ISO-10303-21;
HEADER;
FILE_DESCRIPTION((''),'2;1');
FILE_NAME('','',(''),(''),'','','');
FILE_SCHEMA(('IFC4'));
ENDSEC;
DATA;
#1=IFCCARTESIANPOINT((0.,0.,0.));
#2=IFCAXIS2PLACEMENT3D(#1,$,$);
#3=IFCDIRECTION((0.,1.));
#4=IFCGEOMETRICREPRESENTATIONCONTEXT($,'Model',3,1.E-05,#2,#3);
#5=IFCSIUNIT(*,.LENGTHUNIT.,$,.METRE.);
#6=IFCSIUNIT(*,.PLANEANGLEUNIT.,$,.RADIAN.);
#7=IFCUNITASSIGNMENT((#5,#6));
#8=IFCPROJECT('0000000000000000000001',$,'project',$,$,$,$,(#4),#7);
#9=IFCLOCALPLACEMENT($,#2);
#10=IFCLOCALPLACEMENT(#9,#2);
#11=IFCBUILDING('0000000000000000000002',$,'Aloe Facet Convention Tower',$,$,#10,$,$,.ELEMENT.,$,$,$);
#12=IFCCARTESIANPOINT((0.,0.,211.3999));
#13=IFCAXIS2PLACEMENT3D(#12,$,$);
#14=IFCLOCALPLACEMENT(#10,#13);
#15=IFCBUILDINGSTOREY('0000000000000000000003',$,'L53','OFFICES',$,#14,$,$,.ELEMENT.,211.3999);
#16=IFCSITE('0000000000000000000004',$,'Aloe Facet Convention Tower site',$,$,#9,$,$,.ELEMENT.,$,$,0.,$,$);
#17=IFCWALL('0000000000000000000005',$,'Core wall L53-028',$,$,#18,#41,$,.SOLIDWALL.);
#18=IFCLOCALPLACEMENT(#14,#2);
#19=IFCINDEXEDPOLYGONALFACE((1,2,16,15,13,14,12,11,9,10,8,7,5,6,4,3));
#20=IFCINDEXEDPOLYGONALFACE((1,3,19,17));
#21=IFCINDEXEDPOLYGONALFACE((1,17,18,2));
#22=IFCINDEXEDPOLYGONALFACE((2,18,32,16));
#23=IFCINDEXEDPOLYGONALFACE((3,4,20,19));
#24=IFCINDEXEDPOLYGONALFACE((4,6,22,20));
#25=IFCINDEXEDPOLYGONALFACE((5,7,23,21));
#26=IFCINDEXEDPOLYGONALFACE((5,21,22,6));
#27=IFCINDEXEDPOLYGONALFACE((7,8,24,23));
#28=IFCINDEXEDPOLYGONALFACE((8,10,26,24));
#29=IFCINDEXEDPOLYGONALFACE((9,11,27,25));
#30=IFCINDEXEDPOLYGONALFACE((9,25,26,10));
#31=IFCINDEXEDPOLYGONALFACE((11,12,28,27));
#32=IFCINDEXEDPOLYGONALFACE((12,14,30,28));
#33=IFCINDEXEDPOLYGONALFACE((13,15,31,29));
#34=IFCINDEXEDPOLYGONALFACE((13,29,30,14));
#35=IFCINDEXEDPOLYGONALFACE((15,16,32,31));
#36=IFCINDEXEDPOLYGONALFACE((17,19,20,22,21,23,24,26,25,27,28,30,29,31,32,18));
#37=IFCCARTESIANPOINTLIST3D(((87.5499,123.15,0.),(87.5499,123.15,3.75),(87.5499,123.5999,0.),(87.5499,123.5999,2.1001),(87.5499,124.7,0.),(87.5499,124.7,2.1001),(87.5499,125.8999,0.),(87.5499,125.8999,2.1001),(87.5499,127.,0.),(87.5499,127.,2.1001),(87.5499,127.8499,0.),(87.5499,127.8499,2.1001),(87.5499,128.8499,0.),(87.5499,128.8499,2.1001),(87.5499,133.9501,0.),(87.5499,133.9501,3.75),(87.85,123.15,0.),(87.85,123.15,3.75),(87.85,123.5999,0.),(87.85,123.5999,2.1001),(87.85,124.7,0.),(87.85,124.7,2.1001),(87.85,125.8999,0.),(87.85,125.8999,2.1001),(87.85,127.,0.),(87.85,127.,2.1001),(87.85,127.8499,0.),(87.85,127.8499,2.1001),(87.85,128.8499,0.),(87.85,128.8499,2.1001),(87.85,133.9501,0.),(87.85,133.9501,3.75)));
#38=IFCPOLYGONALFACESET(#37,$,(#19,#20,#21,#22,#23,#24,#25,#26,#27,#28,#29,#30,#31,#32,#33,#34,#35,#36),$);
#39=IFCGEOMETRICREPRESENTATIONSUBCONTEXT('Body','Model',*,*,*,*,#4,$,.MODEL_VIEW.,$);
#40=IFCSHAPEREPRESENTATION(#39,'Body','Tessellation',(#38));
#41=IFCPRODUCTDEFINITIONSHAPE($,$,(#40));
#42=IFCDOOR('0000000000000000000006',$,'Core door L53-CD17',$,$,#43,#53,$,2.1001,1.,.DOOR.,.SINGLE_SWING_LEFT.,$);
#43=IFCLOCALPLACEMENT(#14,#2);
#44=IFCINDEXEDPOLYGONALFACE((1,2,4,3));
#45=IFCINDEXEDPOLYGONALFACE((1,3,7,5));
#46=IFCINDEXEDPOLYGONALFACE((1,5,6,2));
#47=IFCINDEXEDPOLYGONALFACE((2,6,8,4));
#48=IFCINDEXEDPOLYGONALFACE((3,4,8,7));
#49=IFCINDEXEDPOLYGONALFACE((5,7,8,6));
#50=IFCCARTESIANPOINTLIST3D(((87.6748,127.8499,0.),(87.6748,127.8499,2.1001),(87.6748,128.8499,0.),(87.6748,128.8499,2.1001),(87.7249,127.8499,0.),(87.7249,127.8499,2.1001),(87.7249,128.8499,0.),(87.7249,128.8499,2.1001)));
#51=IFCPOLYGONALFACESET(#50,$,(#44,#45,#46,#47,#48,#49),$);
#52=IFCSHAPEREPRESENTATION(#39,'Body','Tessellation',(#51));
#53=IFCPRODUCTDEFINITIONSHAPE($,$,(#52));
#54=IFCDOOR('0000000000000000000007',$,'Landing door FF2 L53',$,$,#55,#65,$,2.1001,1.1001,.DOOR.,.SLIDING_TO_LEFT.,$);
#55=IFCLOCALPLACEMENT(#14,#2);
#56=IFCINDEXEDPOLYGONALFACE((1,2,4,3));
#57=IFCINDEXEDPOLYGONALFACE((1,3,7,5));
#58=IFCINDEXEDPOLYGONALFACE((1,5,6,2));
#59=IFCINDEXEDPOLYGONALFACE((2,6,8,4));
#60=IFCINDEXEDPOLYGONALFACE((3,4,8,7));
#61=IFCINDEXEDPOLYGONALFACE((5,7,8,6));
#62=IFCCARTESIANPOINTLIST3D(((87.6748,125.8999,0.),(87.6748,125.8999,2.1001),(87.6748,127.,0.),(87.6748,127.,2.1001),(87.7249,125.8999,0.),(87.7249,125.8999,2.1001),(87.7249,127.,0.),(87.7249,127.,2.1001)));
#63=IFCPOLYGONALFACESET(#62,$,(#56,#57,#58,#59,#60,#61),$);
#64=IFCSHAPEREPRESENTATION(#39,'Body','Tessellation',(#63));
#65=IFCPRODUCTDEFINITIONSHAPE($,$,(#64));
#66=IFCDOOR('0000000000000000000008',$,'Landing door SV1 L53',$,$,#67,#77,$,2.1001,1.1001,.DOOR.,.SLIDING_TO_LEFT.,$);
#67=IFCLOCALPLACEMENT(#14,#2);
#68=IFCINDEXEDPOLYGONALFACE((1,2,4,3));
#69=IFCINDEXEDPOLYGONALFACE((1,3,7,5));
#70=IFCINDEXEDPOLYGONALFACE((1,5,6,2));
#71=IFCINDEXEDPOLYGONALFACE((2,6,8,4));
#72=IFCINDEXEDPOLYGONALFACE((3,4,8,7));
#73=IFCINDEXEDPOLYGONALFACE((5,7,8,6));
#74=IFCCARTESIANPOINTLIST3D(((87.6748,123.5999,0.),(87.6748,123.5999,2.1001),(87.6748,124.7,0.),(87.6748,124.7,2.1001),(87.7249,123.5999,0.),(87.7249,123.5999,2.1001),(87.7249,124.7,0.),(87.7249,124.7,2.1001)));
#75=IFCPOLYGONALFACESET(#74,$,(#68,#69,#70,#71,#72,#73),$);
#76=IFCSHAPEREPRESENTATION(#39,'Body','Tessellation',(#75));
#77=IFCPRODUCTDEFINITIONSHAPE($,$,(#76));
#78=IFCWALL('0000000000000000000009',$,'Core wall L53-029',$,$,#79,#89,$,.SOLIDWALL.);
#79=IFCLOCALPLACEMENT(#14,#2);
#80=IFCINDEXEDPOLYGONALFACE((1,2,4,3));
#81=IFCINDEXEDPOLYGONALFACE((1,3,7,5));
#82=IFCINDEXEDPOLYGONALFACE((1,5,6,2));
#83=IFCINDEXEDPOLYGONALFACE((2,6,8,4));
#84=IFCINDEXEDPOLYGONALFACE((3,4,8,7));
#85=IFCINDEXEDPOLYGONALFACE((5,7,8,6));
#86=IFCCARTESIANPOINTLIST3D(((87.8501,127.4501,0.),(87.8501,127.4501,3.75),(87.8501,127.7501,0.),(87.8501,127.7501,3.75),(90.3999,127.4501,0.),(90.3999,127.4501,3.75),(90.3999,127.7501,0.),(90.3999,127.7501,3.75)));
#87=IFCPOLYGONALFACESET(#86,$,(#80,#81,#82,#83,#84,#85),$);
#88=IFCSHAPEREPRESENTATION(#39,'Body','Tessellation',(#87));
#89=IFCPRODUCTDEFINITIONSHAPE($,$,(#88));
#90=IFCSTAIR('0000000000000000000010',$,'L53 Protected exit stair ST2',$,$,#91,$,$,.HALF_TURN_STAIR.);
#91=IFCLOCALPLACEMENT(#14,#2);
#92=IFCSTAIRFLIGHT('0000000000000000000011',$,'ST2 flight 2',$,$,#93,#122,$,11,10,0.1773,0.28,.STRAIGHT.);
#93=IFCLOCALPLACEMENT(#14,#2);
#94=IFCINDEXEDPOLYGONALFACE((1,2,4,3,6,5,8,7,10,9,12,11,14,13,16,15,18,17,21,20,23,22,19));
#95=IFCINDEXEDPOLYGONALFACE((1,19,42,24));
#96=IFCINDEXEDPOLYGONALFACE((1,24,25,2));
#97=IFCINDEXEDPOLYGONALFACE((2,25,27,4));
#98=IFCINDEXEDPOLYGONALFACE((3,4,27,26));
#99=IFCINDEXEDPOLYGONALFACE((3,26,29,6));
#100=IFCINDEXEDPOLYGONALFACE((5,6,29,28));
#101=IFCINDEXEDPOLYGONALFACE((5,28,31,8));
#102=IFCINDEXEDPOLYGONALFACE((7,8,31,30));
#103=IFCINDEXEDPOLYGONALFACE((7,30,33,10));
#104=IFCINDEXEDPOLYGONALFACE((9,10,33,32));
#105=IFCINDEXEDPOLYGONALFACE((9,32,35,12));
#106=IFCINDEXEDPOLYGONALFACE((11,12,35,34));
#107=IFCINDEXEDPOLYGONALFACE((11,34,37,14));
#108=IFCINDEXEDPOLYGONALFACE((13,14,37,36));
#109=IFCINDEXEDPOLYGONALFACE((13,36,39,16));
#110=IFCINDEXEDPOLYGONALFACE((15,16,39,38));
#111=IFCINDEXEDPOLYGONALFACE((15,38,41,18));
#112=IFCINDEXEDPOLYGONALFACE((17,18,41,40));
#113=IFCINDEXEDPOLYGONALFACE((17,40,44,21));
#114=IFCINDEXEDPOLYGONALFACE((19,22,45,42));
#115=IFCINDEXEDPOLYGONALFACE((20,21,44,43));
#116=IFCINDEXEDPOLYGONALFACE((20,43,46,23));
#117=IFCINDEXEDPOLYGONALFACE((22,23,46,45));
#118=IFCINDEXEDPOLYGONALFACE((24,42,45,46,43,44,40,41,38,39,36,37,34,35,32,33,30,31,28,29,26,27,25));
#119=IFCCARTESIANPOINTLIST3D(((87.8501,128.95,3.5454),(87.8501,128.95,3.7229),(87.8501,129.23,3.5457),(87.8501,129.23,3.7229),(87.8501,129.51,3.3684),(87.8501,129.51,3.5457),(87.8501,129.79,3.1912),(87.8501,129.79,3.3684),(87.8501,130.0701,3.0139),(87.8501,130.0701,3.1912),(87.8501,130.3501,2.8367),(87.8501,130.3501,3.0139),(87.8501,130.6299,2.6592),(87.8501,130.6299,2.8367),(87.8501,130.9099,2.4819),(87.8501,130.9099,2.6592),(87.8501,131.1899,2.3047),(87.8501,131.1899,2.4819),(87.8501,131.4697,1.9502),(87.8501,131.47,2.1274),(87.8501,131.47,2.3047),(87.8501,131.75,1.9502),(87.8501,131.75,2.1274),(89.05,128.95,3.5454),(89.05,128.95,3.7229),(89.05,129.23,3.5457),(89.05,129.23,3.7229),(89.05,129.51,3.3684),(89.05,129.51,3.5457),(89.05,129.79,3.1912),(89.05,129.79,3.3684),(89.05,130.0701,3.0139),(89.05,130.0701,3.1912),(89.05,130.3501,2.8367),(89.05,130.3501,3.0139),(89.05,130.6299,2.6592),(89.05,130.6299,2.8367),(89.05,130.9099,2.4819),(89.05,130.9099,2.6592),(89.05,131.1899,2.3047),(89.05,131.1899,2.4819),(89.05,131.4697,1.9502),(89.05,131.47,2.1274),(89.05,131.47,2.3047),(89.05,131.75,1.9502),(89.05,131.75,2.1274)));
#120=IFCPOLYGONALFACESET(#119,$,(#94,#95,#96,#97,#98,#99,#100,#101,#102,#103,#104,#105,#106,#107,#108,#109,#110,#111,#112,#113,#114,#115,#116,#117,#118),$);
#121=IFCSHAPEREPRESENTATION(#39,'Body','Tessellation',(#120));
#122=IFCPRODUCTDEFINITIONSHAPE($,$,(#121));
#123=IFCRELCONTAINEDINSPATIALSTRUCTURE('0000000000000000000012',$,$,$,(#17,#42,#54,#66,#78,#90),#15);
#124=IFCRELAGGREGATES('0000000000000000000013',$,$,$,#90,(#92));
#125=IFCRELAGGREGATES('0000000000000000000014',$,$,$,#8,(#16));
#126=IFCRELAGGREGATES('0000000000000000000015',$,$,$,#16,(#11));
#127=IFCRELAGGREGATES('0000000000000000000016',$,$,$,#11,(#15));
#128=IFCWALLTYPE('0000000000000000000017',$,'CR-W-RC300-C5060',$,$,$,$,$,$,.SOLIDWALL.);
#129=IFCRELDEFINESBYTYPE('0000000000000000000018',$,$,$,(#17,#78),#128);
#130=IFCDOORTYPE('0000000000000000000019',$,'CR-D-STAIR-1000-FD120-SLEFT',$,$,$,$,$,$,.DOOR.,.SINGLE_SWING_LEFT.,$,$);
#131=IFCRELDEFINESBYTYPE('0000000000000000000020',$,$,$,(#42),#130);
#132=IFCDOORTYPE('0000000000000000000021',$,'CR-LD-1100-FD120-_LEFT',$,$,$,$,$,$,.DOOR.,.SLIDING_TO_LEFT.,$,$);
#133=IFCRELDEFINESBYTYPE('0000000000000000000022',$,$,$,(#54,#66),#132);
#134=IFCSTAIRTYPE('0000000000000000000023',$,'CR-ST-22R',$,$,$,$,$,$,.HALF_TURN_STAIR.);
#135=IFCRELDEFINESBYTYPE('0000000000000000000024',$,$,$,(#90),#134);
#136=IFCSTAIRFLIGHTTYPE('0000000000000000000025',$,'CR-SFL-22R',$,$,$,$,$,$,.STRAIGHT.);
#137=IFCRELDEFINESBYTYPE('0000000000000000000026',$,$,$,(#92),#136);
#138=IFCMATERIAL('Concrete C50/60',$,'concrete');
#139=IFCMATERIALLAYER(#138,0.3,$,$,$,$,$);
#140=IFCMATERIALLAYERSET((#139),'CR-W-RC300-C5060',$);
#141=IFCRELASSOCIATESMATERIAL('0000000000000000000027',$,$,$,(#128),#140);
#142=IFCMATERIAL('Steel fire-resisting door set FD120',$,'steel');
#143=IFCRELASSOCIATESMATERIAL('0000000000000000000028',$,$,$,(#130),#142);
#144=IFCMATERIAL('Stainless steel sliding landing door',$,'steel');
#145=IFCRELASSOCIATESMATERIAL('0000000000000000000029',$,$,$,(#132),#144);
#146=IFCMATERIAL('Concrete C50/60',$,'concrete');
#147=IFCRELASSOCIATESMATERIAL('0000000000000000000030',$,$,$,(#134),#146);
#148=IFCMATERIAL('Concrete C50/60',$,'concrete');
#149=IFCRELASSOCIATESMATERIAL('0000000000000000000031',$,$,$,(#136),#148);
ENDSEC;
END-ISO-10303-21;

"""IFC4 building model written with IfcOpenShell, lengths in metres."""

from ifc_helpers import new_model, si_unit, direction, frame, frame_2d, origin, place, context, subcontext, project, spatial, polyline, rectangle, outline, extrude, material, layer, layer_set, type_object, element, fill, aggregate, save


model = new_model("IFC4")

# Units and contexts
model_context = context("Model", 3, precision=1e-05, world=origin(), true_north=direction((0.0, 1.0)))
body_context = subcontext(model_context, "Body", "Model", "MODEL_VIEW")
ifc_project = project(units=[si_unit("LENGTHUNIT", "METRE"), si_unit("PLANEANGLEUNIT", "RADIAN")], contexts=[model_context])

# Site, building, storey
site_placement = place(None, origin())
site = spatial("IfcSite", under=ifc_project, at=site_placement, Name="Aloe Facet Convention Tower site", CompositionType="ELEMENT", RefElevation=0.0)
building_placement = place(site_placement, origin())
building = spatial("IfcBuilding", under=site, at=building_placement, Name="Aloe Facet Convention Tower", CompositionType="ELEMENT")
storey_placement = place(building_placement, frame((0.0, 0.0, 211.3999)))
storey = spatial("IfcBuildingStorey", under=building, at=storey_placement, Name="L53", Description="OFFICES", CompositionType="ELEMENT", Elevation=211.3999)

# Shared definitions
ifc_material_1 = material(Name="Concrete C50/60", Category="concrete")
ifc_layer_1 = layer(ifc_material_1, 0.3)
ifc_layer_set_1 = layer_set([ifc_layer_1], Name="CR-W-RC300-C5060")
wall_type_1 = type_object("IfcWallType", Name="CR-W-RC300-C5060", PredefinedType="SOLIDWALL", material=ifc_layer_set_1)

# Wall, openings, doors
wall_1_placement = place(storey_placement, frame((87.7, 133.95, 0.0), z_axis=(0.0, 0.0, 1.0), x_axis=(0.0, -1.0, 0.0)))
wall_1 = element("IfcWall", 1, at=wall_1_placement, inside=storey, type_object=wall_type_1, Name="Core wall L53-028", PredefinedType="SOLIDWALL", context=body_context, shape_type="SweptSolid", body=[
    extrude(rectangle(XDim=10.8, YDim=0.3, at=frame_2d((5.3999, 0.0))), origin(), (0.0, 0.0, 1.0), 3.75),
])
opening_1_placement = place(wall_1_placement, frame((6.95, 0.0, 0.0)))
opening_1 = element("IfcOpeningElement", 2, at=opening_1_placement, cuts=wall_1, PredefinedType="OPENING", context=body_context, shape_type="SweptSolid", body=[
    extrude(rectangle(XDim=1.1001, YDim=2.1001, at=frame_2d((0.55, 1.05))), frame((0.0, 0.1602, 0.0), z_axis=(0.0, -1.0, 0.0), x_axis=(1.0, 0.0, 0.0)), (0.0, 0.0, 1.0), 0.3201),
])
opening_2_placement = place(wall_1_placement, frame((5.1001, 0.0, 0.0)))
opening_2 = element("IfcOpeningElement", 3, at=opening_2_placement, cuts=wall_1, PredefinedType="OPENING", context=body_context, shape_type="SweptSolid", body=[
    extrude(rectangle(XDim=1.0, YDim=2.1001, at=frame_2d((0.5, 1.05))), frame((0.0, 0.1602, 0.0), z_axis=(0.0, -1.0, 0.0), x_axis=(1.0, 0.0, 0.0)), (0.0, 0.0, 1.0), 0.3201),
])
opening_3_placement = place(wall_1_placement, frame((9.25, 0.0, 0.0)))
opening_3 = element("IfcOpeningElement", 4, at=opening_3_placement, cuts=wall_1, PredefinedType="OPENING", context=body_context, shape_type="SweptSolid", body=[
    extrude(rectangle(XDim=1.1001, YDim=2.1001, at=frame_2d((0.55, 1.05))), frame((0.0, 0.1602, 0.0), z_axis=(0.0, -1.0, 0.0), x_axis=(1.0, 0.0, 0.0)), (0.0, 0.0, 1.0), 0.3201),
])
ifc_material_2 = material(Name="Steel fire-resisting door set FD120", Category="steel")
door_type_1 = type_object("IfcDoorType", Name="CR-D-STAIR-1000-FD120-SLEFT", OperationType="SINGLE_SWING_LEFT", PredefinedType="DOOR", material=ifc_material_2)
door_1_placement = place(opening_2_placement, origin())
door_1 = element("IfcDoor", 5, at=door_1_placement, inside=storey, type_object=door_type_1, Name="Core door L53-CD17", OperationType="SINGLE_SWING_LEFT", OverallHeight=2.1001, OverallWidth=1.0, PredefinedType="DOOR", context=body_context, shape_type="SweptSolid", body=[
    extrude(rectangle(XDim=1.0, YDim=2.1001, at=frame_2d((0.5, 1.05))), frame((0.0, 0.0249, 0.0), z_axis=(0.0, -1.0, 0.0), x_axis=(1.0, 0.0, 0.0)), (0.0, 0.0, 1.0), 0.05),
])
fill(opening_2, door_1)
ifc_material_3 = material(Name="Stainless steel sliding landing door", Category="steel")
door_type_2 = type_object("IfcDoorType", Name="CR-LD-1100-FD120-_LEFT", OperationType="SLIDING_TO_LEFT", PredefinedType="DOOR", material=ifc_material_3)
door_2_placement = place(opening_1_placement, origin())
door_2 = element("IfcDoor", 6, at=door_2_placement, inside=storey, type_object=door_type_2, Name="Landing door FF2 L53", OperationType="SLIDING_TO_LEFT", OverallHeight=2.1001, OverallWidth=1.1001, PredefinedType="DOOR", context=body_context, shape_type="SweptSolid", body=[
    extrude(rectangle(XDim=1.1001, YDim=2.1001, at=frame_2d((0.55, 1.05))), frame((0.0, 0.0249, 0.0), z_axis=(0.0, -1.0, 0.0), x_axis=(1.0, 0.0, 0.0)), (0.0, 0.0, 1.0), 0.05),
])
fill(opening_1, door_2)
door_3_placement = place(opening_3_placement, origin())
door_3 = element("IfcDoor", 7, at=door_3_placement, inside=storey, type_object=door_type_2, Name="Landing door SV1 L53", OperationType="SLIDING_TO_LEFT", OverallHeight=2.1001, OverallWidth=1.1001, PredefinedType="DOOR", context=body_context, shape_type="SweptSolid", body=[
    extrude(rectangle(XDim=1.1001, YDim=2.1001, at=frame_2d((0.55, 1.05))), frame((0.0, 0.0249, 0.0), z_axis=(0.0, -1.0, 0.0), x_axis=(1.0, 0.0, 0.0)), (0.0, 0.0, 1.0), 0.05),
])
fill(opening_3, door_3)

# Wall
wall_2_placement = place(storey_placement, frame((87.8501, 127.6001, 0.0), z_axis=(0.0, 0.0, 1.0), x_axis=(1.0, 0.0, 0.0)))
element("IfcWall", 8, at=wall_2_placement, inside=storey, type_object=wall_type_1, Name="Core wall L53-029", PredefinedType="SOLIDWALL", context=body_context, shape_type="SweptSolid", body=[
    extrude(rectangle(XDim=2.5498, YDim=0.3, at=frame_2d((1.2749, 0.0))), origin(), (0.0, 0.0, 1.0), 3.75),
])

# Stair, stair flight
ifc_material_4 = material(Name="Concrete C50/60", Category="concrete")
stair_type = type_object("IfcStairType", Name="CR-ST-22R", PredefinedType="HALF_TURN_STAIR", material=ifc_material_4)
stair_placement = place(storey_placement, origin())
stair = element("IfcStair", 9, at=stair_placement, inside=storey, type_object=stair_type, Name="L53 Protected exit stair ST2", PredefinedType="HALF_TURN_STAIR")
ifc_material_5 = material(Name="Concrete C50/60", Category="concrete")
stair_flight_type = type_object("IfcStairFlightType", Name="CR-SFL-22R", PredefinedType="STRAIGHT", material=ifc_material_5)
stair_flight_placement = place(storey_placement, frame((88.45, 131.75, 1.9502), z_axis=(0.0, 0.0, 1.0), x_axis=(0.0, -1.0, 0.0)))
stair_flight = element("IfcStairFlight", 10, at=stair_flight_placement, type_object=stair_flight_type, Name="ST2 flight 2", NumberOfRisers=11, NumberOfTreads=10, PredefinedType="STRAIGHT", RiserHeight=0.1773, TreadLength=0.28, context=body_context, shape_type="SweptSolid", body=[
    extrude(outline(polyline([(0.0, 0.0), (0.0, 0.1772), (0.28, 0.1772), (0.28, 0.3545), (0.5601, 0.3545), (0.5601, 0.5317), (0.8401, 0.5317), (0.8401, 0.709), (1.1201, 0.709), (1.1201, 0.8865), (1.3999, 0.8865), (1.3999, 1.0637), (1.6799, 1.0637), (1.6799, 1.241), (1.96, 1.241), (1.96, 1.4182), (2.24, 1.4182), (2.24, 1.5955), (2.52, 1.5955), (2.52, 1.7727), (2.8, 1.7727), (2.8, 1.95), (2.8, 1.5952), (0.2803, 0.0), (0.0, 0.0)])), frame((0.0, 0.6001, 0.0), z_axis=(0.0, -1.0, 0.0), x_axis=(1.0, 0.0, 0.0)), (0.0, 0.0, 1.0), 1.2),
])
aggregate(stair, [stair_flight])

save(model, "model.ifc")
